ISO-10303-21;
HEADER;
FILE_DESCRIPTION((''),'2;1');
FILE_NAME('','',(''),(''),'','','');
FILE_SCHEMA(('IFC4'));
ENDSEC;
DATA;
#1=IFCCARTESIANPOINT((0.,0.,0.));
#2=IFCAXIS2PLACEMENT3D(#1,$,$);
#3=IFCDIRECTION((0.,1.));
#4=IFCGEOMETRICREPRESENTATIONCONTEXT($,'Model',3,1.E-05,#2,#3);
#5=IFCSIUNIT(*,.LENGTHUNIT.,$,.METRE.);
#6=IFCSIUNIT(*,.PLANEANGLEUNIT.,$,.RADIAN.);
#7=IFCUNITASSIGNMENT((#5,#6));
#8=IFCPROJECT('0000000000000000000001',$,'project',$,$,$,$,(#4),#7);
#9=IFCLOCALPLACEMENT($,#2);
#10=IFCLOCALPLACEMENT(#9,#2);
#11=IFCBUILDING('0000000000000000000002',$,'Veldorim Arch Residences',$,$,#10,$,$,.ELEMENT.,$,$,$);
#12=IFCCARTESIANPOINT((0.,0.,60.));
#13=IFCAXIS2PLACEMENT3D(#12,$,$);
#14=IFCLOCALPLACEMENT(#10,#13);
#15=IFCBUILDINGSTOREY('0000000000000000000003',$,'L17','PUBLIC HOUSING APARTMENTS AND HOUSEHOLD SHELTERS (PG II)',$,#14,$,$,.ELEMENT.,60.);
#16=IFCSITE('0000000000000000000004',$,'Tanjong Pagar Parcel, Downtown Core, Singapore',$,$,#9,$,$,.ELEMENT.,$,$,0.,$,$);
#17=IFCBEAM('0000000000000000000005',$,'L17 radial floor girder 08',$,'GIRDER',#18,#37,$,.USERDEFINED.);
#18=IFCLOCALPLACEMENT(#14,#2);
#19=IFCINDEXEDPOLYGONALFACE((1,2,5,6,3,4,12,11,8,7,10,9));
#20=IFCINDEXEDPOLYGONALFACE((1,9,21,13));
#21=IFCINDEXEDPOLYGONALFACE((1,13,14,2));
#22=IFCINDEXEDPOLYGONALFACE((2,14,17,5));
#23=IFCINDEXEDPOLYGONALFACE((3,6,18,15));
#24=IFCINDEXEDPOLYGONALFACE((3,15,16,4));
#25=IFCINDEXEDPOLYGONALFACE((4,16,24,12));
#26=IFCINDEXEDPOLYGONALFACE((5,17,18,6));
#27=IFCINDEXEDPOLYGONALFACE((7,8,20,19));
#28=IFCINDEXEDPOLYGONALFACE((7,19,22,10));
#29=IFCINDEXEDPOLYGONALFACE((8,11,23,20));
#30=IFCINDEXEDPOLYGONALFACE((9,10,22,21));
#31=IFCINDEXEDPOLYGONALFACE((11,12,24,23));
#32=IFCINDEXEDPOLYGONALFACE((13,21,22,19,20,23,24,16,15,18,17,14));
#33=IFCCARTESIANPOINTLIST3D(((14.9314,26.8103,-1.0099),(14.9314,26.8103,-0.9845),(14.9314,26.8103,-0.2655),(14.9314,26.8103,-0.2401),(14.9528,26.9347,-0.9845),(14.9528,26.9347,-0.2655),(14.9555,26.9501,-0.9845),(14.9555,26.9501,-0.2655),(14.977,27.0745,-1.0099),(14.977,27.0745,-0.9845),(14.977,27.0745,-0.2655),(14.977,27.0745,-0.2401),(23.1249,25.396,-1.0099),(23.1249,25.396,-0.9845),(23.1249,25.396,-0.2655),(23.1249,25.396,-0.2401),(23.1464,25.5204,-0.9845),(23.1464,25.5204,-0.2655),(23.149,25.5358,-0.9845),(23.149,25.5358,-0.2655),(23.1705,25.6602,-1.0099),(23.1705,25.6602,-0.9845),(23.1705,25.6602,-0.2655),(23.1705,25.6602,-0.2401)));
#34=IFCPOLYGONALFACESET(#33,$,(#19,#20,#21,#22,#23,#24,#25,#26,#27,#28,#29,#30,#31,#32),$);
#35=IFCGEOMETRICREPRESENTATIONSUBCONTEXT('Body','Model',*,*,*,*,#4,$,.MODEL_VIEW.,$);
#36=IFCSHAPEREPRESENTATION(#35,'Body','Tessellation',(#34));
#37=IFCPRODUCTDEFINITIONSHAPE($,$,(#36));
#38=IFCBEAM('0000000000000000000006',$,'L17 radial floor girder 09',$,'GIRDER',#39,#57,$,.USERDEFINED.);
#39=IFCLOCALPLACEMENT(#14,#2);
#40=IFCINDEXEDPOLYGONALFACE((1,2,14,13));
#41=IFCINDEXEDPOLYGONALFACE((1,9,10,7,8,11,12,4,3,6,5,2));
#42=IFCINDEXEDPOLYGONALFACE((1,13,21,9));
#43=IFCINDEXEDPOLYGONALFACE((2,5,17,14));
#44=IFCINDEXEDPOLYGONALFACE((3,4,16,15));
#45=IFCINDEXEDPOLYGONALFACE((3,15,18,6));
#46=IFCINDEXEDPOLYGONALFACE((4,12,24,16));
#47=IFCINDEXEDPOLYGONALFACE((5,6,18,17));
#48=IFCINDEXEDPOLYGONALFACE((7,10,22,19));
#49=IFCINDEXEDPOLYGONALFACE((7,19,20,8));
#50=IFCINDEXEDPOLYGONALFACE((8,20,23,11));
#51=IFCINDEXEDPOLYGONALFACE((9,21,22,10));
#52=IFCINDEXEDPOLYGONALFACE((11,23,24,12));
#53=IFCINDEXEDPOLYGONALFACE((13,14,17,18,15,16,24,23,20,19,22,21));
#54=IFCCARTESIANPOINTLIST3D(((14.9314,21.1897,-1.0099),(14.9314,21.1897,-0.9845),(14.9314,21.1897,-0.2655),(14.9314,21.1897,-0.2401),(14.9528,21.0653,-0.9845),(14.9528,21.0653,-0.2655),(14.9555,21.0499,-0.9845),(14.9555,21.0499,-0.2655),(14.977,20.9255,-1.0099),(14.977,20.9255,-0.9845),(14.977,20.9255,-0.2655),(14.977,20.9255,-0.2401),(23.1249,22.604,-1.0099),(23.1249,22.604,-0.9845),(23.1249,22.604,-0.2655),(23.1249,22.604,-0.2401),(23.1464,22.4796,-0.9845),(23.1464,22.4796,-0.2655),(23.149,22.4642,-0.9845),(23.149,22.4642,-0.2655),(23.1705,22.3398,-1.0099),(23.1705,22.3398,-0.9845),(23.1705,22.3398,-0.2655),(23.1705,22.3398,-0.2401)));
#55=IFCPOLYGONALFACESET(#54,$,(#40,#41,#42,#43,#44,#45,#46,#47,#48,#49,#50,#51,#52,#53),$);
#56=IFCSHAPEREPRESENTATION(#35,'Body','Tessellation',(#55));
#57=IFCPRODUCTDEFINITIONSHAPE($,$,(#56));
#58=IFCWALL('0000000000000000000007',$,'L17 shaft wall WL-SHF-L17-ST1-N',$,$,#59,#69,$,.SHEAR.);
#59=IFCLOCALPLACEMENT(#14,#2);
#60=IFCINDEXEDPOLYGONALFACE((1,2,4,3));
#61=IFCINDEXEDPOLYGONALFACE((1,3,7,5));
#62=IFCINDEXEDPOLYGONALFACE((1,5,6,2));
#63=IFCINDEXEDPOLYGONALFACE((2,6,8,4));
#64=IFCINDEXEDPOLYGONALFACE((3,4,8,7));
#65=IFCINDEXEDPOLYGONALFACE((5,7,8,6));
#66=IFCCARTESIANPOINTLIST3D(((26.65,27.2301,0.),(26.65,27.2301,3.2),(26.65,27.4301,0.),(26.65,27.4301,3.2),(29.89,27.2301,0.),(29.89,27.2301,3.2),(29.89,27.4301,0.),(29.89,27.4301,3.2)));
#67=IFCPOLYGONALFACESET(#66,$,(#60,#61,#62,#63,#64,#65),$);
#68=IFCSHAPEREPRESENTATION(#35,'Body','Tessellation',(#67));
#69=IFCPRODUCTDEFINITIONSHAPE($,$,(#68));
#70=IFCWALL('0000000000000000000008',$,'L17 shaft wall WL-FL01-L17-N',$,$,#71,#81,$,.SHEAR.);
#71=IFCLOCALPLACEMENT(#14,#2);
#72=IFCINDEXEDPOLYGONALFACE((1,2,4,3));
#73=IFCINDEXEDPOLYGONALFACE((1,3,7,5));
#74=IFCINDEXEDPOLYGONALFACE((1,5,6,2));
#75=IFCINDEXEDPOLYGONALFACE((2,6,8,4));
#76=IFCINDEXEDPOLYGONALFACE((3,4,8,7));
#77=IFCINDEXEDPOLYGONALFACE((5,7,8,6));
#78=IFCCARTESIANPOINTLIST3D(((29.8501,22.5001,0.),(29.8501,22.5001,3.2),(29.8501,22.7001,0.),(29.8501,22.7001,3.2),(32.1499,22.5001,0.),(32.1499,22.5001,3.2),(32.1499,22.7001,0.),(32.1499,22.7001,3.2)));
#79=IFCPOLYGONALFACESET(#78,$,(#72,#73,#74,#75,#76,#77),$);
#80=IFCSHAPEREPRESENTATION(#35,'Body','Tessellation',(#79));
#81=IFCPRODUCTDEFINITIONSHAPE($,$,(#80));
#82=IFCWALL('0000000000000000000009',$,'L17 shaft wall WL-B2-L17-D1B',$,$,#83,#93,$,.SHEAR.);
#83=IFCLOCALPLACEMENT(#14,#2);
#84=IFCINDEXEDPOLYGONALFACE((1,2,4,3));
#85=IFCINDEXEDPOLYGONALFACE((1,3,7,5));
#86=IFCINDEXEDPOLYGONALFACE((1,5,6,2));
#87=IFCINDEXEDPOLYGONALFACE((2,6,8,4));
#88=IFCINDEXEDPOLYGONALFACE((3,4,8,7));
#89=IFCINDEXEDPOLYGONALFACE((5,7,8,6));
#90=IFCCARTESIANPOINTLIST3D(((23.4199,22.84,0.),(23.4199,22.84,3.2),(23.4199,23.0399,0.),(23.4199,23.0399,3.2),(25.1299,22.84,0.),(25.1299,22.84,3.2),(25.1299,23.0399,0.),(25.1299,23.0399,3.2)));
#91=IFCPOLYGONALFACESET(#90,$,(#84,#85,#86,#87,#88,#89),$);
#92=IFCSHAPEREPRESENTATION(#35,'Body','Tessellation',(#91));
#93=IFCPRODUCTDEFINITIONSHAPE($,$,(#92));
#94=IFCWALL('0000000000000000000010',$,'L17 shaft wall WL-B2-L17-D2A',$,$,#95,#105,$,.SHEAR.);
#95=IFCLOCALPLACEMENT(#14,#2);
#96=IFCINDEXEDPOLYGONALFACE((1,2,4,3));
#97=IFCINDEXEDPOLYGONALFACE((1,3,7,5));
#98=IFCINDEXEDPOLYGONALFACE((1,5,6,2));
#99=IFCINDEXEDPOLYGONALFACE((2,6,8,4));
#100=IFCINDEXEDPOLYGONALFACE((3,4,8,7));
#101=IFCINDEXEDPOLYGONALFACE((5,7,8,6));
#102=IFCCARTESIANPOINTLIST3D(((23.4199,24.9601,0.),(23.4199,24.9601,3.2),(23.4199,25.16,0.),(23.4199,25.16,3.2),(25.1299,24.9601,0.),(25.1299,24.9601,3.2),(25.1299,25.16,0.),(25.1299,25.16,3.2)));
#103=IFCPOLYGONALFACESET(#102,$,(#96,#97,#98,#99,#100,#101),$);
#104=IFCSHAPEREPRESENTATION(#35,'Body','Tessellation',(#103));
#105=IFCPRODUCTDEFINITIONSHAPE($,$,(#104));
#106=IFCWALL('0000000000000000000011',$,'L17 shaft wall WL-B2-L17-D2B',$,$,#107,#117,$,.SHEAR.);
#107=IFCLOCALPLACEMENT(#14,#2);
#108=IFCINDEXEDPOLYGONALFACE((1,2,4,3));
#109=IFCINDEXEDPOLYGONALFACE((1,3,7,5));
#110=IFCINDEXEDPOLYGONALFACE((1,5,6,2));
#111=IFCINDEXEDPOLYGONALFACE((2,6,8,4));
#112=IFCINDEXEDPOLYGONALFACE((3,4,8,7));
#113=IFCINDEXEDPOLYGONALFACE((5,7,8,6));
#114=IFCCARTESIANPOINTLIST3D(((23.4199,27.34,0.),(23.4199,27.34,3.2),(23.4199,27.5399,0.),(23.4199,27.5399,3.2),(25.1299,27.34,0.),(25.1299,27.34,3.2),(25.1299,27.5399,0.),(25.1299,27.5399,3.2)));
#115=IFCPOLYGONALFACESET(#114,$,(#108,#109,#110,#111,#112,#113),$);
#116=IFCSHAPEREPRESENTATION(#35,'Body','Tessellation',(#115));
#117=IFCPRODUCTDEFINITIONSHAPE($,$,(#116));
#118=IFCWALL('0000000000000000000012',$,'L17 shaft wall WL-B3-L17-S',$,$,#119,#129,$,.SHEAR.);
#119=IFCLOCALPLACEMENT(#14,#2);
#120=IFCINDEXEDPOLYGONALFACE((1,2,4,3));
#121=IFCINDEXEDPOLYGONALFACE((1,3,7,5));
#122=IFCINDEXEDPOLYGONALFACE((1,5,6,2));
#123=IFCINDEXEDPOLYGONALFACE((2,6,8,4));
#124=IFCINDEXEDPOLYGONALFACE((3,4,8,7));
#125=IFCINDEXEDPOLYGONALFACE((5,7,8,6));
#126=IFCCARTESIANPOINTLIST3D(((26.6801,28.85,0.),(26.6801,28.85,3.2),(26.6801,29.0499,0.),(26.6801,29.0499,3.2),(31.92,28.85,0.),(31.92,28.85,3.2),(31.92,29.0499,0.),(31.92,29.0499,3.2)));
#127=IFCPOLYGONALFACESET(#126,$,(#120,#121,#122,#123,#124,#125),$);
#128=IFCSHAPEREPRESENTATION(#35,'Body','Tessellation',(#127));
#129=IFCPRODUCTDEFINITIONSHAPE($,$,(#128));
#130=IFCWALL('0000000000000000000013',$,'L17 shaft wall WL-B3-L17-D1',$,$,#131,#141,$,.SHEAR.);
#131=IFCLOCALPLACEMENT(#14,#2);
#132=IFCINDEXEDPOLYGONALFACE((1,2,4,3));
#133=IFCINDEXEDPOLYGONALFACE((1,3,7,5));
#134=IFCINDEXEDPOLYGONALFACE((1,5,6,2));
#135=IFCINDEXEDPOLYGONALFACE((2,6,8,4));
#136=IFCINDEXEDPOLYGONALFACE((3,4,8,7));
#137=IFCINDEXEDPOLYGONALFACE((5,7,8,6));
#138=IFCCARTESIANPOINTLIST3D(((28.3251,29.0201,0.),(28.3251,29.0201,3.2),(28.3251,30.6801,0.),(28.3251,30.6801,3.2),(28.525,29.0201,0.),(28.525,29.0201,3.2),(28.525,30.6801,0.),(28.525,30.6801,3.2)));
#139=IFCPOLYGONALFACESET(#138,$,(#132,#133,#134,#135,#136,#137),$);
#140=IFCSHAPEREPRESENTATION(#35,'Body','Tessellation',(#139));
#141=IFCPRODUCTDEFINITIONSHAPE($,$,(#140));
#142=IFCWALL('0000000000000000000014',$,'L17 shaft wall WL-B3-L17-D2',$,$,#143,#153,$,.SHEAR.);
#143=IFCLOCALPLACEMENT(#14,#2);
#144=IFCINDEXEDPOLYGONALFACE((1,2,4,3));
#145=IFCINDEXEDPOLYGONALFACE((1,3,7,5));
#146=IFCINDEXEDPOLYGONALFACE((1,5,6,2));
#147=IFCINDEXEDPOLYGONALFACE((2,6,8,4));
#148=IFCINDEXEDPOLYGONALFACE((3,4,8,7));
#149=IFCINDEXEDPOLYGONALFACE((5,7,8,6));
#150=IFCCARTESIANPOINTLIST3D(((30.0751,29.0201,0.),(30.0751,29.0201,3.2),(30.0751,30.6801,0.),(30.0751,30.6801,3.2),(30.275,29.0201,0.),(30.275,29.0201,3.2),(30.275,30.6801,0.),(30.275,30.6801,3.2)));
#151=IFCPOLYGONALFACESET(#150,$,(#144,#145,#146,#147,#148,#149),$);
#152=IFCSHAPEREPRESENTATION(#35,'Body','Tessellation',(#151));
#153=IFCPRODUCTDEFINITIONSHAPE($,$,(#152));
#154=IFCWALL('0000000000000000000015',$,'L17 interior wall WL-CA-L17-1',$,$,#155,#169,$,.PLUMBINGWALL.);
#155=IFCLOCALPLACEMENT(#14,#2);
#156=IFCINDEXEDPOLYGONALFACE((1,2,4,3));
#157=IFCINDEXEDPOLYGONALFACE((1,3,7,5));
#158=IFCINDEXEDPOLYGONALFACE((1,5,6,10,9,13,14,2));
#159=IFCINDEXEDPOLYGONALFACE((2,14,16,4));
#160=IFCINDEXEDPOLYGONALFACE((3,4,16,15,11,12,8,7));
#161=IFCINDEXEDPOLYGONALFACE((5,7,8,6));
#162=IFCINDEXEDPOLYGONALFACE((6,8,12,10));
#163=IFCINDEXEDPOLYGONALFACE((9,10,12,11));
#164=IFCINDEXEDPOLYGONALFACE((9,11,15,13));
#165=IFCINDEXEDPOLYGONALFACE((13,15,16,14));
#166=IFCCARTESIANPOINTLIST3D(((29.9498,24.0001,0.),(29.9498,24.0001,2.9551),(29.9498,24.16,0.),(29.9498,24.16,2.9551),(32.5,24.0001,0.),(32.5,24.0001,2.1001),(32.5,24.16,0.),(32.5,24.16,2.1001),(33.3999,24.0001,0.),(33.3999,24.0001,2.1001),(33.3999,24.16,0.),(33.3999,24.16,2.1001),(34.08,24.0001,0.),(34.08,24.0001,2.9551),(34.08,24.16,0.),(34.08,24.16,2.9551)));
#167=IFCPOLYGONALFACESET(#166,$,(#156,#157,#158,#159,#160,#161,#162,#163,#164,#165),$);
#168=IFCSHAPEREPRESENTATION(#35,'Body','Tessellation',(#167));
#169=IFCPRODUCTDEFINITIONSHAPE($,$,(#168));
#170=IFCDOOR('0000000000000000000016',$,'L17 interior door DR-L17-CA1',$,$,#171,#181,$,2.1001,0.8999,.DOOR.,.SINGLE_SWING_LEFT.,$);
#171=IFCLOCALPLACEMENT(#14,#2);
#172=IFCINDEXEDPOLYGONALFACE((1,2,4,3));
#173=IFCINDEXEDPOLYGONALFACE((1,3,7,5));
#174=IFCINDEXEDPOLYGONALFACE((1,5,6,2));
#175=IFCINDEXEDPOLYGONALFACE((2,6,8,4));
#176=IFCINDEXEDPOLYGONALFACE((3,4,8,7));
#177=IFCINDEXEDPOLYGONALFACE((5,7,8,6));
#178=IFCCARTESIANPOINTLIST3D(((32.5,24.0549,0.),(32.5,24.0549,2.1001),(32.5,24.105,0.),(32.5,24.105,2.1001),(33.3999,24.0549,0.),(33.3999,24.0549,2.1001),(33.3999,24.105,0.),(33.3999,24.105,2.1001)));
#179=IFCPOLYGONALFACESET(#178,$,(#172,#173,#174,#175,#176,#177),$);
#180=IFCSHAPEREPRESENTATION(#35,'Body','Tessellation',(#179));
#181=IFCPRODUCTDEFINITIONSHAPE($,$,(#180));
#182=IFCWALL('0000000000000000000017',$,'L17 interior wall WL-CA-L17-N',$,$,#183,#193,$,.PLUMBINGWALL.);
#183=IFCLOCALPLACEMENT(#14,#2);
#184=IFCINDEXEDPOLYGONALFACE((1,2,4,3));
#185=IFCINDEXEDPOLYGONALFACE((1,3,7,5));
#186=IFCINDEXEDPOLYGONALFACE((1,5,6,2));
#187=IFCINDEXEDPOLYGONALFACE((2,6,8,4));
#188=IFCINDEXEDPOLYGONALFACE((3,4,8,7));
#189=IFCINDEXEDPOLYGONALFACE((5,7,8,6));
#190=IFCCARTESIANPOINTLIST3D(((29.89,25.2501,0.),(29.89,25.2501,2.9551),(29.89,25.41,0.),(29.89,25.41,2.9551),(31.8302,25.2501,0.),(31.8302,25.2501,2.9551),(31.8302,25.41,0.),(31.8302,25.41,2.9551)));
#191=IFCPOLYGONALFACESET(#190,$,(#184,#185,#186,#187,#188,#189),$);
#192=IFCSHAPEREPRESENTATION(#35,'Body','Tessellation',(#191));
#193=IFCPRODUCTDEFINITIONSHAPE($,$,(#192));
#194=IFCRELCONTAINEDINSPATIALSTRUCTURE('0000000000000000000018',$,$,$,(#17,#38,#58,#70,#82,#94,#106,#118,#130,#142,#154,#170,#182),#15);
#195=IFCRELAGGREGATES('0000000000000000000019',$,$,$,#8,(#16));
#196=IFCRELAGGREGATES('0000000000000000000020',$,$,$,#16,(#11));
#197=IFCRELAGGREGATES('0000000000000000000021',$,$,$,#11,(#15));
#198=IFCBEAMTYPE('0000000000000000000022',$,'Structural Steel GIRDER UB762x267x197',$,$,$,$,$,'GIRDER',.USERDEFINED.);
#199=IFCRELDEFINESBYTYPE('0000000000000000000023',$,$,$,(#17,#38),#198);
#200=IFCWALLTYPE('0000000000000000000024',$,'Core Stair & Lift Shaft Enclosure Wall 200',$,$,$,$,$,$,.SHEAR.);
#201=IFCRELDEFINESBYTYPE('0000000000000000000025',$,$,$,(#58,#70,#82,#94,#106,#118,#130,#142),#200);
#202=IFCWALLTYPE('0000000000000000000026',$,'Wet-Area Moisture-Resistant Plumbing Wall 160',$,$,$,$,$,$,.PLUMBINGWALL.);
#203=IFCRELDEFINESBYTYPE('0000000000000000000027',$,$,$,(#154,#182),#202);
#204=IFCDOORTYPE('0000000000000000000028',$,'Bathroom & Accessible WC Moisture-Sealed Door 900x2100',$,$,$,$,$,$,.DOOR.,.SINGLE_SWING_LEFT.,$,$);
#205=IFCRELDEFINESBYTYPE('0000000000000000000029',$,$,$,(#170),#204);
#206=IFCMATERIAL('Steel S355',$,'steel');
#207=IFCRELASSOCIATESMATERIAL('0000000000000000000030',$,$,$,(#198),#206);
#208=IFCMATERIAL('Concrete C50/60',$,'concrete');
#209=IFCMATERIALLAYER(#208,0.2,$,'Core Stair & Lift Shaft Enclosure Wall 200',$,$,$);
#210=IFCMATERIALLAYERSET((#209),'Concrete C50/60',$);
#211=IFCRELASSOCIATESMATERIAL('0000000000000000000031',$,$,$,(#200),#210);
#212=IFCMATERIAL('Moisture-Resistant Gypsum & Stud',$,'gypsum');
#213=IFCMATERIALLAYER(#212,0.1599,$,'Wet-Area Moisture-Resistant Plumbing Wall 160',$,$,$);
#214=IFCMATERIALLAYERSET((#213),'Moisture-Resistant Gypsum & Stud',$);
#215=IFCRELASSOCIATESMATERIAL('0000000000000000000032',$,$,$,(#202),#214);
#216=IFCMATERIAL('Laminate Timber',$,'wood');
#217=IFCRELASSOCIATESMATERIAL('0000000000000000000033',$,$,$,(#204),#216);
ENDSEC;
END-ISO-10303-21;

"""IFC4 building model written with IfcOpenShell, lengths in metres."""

from ifc_helpers import new_model, si_unit, direction, frame, frame_2d, origin, origin_2d, place, context, subcontext, project, spatial, rectangle, i_section, extrude, material, layer, layer_set, material_profile, profile_set, type_object, element, fill, save


model = new_model("IFC4")

# Units and contexts
model_context = context("Model", 3, precision=1e-05, world=origin(), true_north=direction((0.0, 1.0)))
body_context = subcontext(model_context, "Body", "Model", "MODEL_VIEW")
ifc_project = project(units=[si_unit("LENGTHUNIT", "METRE"), si_unit("PLANEANGLEUNIT", "RADIAN")], contexts=[model_context])

# Site, building, storey
site_placement = place(None, origin())
site = spatial("IfcSite", under=ifc_project, at=site_placement, Name="Tanjong Pagar Parcel, Downtown Core, Singapore", CompositionType="ELEMENT", RefElevation=0.0)
building_placement = place(site_placement, origin())
building = spatial("IfcBuilding", under=site, at=building_placement, Name="Veldorim Arch Residences", CompositionType="ELEMENT")
storey_placement = place(building_placement, frame((0.0, 0.0, 60.0)))
storey = spatial("IfcBuildingStorey", under=building, at=storey_placement, Name="L17", Description="PUBLIC HOUSING APARTMENTS AND HOUSEHOLD SHELTERS (PG II)", CompositionType="ELEMENT", Elevation=60.0)

# Beams
ifc_material_1 = material(Name="Steel S355", Category="steel")
ifc_material_profile = material_profile(ifc_material_1, i_section(OverallWidth=0.2681, OverallDepth=0.7698, WebThickness=0.0156, FlangeThickness=0.0254, at=origin_2d()), Name="UB762x267x197")
ifc_profile_set = profile_set([ifc_material_profile], Name="Steel S355")
beam_type = type_object("IfcBeamType", Name="Structural Steel GIRDER UB762x267x197", ElementType="GIRDER", PredefinedType="USERDEFINED", material=ifc_profile_set)
for number, where, z_axis, x_axis, name in (
    (1, (23.1477, 25.5281, -0.625), (-0.985428, 0.170096, 0.0), (-0.170096, -0.985428, 0.0), "L17 radial floor girder 08"),
    (2, (23.1477, 22.4719, -0.625), (-0.985428, -0.170096, 0.0), (0.170096, -0.985428, 0.0), "L17 radial floor girder 09"),
):
    element("IfcBeam", number, at=place(storey_placement, frame(where, z_axis=z_axis, x_axis=x_axis)), inside=storey, type_object=beam_type, Name=name, ObjectType="GIRDER", PredefinedType="USERDEFINED", context=body_context, shape_type="SweptSolid", body=[
        extrude(i_section(OverallWidth=0.2681, OverallDepth=0.7698, WebThickness=0.0156, FlangeThickness=0.0254, at=origin_2d()), origin(), (0.0, 0.0, 1.0), 8.3147),
    ])

# Walls
ifc_material_2 = material(Name="Concrete C50/60", Category="concrete")
ifc_layer_1 = layer(ifc_material_2, 0.2, Name="Core Stair & Lift Shaft Enclosure Wall 200")
ifc_layer_set_1 = layer_set([ifc_layer_1], Name="Concrete C50/60")
wall_type_1 = type_object("IfcWallType", Name="Core Stair & Lift Shaft Enclosure Wall 200", PredefinedType="SHEAR", material=ifc_layer_set_1)
wall_1_placement = place(storey_placement, frame((26.6499, 27.3301, 0.0), z_axis=(0.0, 0.0, 1.0), x_axis=(1.0, 0.0, 0.0)))
element("IfcWall", 3, at=wall_1_placement, inside=storey, type_object=wall_type_1, Name="L17 shaft wall WL-SHF-L17-ST1-N", PredefinedType="SHEAR", context=body_context, shape_type="SweptSolid", body=[
    extrude(rectangle(XDim=3.24, YDim=0.2, at=frame_2d((1.6201, 0.0))), origin(), (0.0, 0.0, 1.0), 3.2),
])
wall_2_placement = place(storey_placement, frame((29.8501, 22.6001, 0.0), z_axis=(0.0, 0.0, 1.0), x_axis=(1.0, 0.0, 0.0)))
element("IfcWall", 4, at=wall_2_placement, inside=storey, type_object=wall_type_1, Name="L17 shaft wall WL-FL01-L17-N", PredefinedType="SHEAR", context=body_context, shape_type="SweptSolid", body=[
    extrude(rectangle(XDim=2.2998, YDim=0.2, at=frame_2d((1.1499, 0.0))), origin(), (0.0, 0.0, 1.0), 3.2),
])
for number, where, z_axis, x_axis, name in (
    (5, (23.4199, 22.9399, 0.0), (0.0, 0.0, 1.0), (1.0, 0.0, 0.0), "L17 shaft wall WL-B2-L17-D1B"),
    (6, (23.4199, 25.0601, 0.0), (0.0, 0.0, 1.0), (1.0, 0.0, 0.0), "L17 shaft wall WL-B2-L17-D2A"),
    (7, (23.4199, 27.4399, 0.0), (0.0, 0.0, 1.0), (1.0, 0.0, 0.0), "L17 shaft wall WL-B2-L17-D2B"),
):
    element("IfcWall", number, at=place(storey_placement, frame(where, z_axis=z_axis, x_axis=x_axis)), inside=storey, type_object=wall_type_1, Name=name, PredefinedType="SHEAR", context=body_context, shape_type="SweptSolid", body=[
        extrude(rectangle(XDim=1.71, YDim=0.2, at=frame_2d((0.855, 0.0))), origin(), (0.0, 0.0, 1.0), 3.2),
    ])
wall_3_placement = place(storey_placement, frame((26.6799, 28.95, 0.0), z_axis=(0.0, 0.0, 1.0), x_axis=(1.0, 0.0, 0.0)))
element("IfcWall", 8, at=wall_3_placement, inside=storey, type_object=wall_type_1, Name="L17 shaft wall WL-B3-L17-S", PredefinedType="SHEAR", context=body_context, shape_type="SweptSolid", body=[
    extrude(rectangle(XDim=5.24, YDim=0.2, at=frame_2d((2.6201, 0.0))), origin(), (0.0, 0.0, 1.0), 3.2),
])
for number, where, z_axis, x_axis, name in (
    (9, (28.425, 29.02, 0.0), (0.0, 0.0, 1.0), (0.0, 1.0, 0.0), "L17 shaft wall WL-B3-L17-D1"),
    (10, (30.175, 29.02, 0.0), (0.0, 0.0, 1.0), (0.0, 1.0, 0.0), "L17 shaft wall WL-B3-L17-D2"),
):
    element("IfcWall", number, at=place(storey_placement, frame(where, z_axis=z_axis, x_axis=x_axis)), inside=storey, type_object=wall_type_1, Name=name, PredefinedType="SHEAR", context=body_context, shape_type="SweptSolid", body=[
        extrude(rectangle(XDim=1.6599, YDim=0.2, at=frame_2d((0.8301, 0.0))), origin(), (0.0, 0.0, 1.0), 3.2),
    ])

# Wall, opening, door
ifc_material_3 = material(Name="Moisture-Resistant Gypsum & Stud", Category="gypsum")
ifc_layer_2 = layer(ifc_material_3, 0.1599, Name="Wet-Area Moisture-Resistant Plumbing Wall 160")
ifc_layer_set_2 = layer_set([ifc_layer_2], Name="Moisture-Resistant Gypsum & Stud")
wall_type_2 = type_object("IfcWallType", Name="Wet-Area Moisture-Resistant Plumbing Wall 160", PredefinedType="PLUMBINGWALL", material=ifc_layer_set_2)
wall_4_placement = place(storey_placement, frame((29.95, 24.0801, 0.0), z_axis=(0.0, 0.0, 1.0), x_axis=(1.0, 0.0, 0.0)))
wall_4 = element("IfcWall", 11, at=wall_4_placement, inside=storey, type_object=wall_type_2, Name="L17 interior wall WL-CA-L17-1", PredefinedType="PLUMBINGWALL", context=body_context, shape_type="SweptSolid", body=[
    extrude(rectangle(XDim=4.1301, YDim=0.1599, at=frame_2d((2.0649, 0.0))), origin(), (0.0, 0.0, 1.0), 2.9551),
])
opening_placement = place(wall_4_placement, frame((2.55, 0.0, 0.0)))
opening = element("IfcOpeningElement", 12, at=opening_placement, cuts=wall_4, PredefinedType="OPENING", context=body_context, shape_type="SweptSolid", body=[
    extrude(rectangle(XDim=0.8999, YDim=2.1001, at=frame_2d((0.45, 1.05))), frame((0.0, 0.0898, 0.0), z_axis=(0.0, -1.0, 0.0), x_axis=(1.0, 0.0, 0.0)), (0.0, 0.0, 1.0), 0.1799),
])
ifc_material_4 = material(Name="Laminate Timber", Category="wood")
door_type = type_object("IfcDoorType", Name="Bathroom & Accessible WC Moisture-Sealed Door 900x2100", OperationType="SINGLE_SWING_LEFT", PredefinedType="DOOR", material=ifc_material_4)
door_placement = place(opening_placement, origin())
door = element("IfcDoor", 13, at=door_placement, inside=storey, type_object=door_type, Name="L17 interior door DR-L17-CA1", OperationType="SINGLE_SWING_LEFT", OverallHeight=2.1001, OverallWidth=0.8999, PredefinedType="DOOR", context=body_context, shape_type="SweptSolid", body=[
    extrude(rectangle(XDim=0.8999, YDim=2.1001, at=frame_2d((0.45, 1.05))), frame((0.0, 0.0249, 0.0), z_axis=(0.0, -1.0, 0.0), x_axis=(1.0, 0.0, 0.0)), (0.0, 0.0, 1.0), 0.05),
])
fill(opening, door)

# Wall
wall_5_placement = place(storey_placement, frame((29.8899, 25.3301, 0.0), z_axis=(0.0, 0.0, 1.0), x_axis=(1.0, 0.0, 0.0)))
element("IfcWall", 14, at=wall_5_placement, inside=storey, type_object=wall_type_2, Name="L17 interior wall WL-CA-L17-N", PredefinedType="PLUMBINGWALL", context=body_context, shape_type="SweptSolid", body=[
    extrude(rectangle(XDim=1.9402, YDim=0.1599, at=frame_2d((0.9702, 0.0))), origin(), (0.0, 0.0, 1.0), 2.9551),
])

save(model, "model.ifc")
